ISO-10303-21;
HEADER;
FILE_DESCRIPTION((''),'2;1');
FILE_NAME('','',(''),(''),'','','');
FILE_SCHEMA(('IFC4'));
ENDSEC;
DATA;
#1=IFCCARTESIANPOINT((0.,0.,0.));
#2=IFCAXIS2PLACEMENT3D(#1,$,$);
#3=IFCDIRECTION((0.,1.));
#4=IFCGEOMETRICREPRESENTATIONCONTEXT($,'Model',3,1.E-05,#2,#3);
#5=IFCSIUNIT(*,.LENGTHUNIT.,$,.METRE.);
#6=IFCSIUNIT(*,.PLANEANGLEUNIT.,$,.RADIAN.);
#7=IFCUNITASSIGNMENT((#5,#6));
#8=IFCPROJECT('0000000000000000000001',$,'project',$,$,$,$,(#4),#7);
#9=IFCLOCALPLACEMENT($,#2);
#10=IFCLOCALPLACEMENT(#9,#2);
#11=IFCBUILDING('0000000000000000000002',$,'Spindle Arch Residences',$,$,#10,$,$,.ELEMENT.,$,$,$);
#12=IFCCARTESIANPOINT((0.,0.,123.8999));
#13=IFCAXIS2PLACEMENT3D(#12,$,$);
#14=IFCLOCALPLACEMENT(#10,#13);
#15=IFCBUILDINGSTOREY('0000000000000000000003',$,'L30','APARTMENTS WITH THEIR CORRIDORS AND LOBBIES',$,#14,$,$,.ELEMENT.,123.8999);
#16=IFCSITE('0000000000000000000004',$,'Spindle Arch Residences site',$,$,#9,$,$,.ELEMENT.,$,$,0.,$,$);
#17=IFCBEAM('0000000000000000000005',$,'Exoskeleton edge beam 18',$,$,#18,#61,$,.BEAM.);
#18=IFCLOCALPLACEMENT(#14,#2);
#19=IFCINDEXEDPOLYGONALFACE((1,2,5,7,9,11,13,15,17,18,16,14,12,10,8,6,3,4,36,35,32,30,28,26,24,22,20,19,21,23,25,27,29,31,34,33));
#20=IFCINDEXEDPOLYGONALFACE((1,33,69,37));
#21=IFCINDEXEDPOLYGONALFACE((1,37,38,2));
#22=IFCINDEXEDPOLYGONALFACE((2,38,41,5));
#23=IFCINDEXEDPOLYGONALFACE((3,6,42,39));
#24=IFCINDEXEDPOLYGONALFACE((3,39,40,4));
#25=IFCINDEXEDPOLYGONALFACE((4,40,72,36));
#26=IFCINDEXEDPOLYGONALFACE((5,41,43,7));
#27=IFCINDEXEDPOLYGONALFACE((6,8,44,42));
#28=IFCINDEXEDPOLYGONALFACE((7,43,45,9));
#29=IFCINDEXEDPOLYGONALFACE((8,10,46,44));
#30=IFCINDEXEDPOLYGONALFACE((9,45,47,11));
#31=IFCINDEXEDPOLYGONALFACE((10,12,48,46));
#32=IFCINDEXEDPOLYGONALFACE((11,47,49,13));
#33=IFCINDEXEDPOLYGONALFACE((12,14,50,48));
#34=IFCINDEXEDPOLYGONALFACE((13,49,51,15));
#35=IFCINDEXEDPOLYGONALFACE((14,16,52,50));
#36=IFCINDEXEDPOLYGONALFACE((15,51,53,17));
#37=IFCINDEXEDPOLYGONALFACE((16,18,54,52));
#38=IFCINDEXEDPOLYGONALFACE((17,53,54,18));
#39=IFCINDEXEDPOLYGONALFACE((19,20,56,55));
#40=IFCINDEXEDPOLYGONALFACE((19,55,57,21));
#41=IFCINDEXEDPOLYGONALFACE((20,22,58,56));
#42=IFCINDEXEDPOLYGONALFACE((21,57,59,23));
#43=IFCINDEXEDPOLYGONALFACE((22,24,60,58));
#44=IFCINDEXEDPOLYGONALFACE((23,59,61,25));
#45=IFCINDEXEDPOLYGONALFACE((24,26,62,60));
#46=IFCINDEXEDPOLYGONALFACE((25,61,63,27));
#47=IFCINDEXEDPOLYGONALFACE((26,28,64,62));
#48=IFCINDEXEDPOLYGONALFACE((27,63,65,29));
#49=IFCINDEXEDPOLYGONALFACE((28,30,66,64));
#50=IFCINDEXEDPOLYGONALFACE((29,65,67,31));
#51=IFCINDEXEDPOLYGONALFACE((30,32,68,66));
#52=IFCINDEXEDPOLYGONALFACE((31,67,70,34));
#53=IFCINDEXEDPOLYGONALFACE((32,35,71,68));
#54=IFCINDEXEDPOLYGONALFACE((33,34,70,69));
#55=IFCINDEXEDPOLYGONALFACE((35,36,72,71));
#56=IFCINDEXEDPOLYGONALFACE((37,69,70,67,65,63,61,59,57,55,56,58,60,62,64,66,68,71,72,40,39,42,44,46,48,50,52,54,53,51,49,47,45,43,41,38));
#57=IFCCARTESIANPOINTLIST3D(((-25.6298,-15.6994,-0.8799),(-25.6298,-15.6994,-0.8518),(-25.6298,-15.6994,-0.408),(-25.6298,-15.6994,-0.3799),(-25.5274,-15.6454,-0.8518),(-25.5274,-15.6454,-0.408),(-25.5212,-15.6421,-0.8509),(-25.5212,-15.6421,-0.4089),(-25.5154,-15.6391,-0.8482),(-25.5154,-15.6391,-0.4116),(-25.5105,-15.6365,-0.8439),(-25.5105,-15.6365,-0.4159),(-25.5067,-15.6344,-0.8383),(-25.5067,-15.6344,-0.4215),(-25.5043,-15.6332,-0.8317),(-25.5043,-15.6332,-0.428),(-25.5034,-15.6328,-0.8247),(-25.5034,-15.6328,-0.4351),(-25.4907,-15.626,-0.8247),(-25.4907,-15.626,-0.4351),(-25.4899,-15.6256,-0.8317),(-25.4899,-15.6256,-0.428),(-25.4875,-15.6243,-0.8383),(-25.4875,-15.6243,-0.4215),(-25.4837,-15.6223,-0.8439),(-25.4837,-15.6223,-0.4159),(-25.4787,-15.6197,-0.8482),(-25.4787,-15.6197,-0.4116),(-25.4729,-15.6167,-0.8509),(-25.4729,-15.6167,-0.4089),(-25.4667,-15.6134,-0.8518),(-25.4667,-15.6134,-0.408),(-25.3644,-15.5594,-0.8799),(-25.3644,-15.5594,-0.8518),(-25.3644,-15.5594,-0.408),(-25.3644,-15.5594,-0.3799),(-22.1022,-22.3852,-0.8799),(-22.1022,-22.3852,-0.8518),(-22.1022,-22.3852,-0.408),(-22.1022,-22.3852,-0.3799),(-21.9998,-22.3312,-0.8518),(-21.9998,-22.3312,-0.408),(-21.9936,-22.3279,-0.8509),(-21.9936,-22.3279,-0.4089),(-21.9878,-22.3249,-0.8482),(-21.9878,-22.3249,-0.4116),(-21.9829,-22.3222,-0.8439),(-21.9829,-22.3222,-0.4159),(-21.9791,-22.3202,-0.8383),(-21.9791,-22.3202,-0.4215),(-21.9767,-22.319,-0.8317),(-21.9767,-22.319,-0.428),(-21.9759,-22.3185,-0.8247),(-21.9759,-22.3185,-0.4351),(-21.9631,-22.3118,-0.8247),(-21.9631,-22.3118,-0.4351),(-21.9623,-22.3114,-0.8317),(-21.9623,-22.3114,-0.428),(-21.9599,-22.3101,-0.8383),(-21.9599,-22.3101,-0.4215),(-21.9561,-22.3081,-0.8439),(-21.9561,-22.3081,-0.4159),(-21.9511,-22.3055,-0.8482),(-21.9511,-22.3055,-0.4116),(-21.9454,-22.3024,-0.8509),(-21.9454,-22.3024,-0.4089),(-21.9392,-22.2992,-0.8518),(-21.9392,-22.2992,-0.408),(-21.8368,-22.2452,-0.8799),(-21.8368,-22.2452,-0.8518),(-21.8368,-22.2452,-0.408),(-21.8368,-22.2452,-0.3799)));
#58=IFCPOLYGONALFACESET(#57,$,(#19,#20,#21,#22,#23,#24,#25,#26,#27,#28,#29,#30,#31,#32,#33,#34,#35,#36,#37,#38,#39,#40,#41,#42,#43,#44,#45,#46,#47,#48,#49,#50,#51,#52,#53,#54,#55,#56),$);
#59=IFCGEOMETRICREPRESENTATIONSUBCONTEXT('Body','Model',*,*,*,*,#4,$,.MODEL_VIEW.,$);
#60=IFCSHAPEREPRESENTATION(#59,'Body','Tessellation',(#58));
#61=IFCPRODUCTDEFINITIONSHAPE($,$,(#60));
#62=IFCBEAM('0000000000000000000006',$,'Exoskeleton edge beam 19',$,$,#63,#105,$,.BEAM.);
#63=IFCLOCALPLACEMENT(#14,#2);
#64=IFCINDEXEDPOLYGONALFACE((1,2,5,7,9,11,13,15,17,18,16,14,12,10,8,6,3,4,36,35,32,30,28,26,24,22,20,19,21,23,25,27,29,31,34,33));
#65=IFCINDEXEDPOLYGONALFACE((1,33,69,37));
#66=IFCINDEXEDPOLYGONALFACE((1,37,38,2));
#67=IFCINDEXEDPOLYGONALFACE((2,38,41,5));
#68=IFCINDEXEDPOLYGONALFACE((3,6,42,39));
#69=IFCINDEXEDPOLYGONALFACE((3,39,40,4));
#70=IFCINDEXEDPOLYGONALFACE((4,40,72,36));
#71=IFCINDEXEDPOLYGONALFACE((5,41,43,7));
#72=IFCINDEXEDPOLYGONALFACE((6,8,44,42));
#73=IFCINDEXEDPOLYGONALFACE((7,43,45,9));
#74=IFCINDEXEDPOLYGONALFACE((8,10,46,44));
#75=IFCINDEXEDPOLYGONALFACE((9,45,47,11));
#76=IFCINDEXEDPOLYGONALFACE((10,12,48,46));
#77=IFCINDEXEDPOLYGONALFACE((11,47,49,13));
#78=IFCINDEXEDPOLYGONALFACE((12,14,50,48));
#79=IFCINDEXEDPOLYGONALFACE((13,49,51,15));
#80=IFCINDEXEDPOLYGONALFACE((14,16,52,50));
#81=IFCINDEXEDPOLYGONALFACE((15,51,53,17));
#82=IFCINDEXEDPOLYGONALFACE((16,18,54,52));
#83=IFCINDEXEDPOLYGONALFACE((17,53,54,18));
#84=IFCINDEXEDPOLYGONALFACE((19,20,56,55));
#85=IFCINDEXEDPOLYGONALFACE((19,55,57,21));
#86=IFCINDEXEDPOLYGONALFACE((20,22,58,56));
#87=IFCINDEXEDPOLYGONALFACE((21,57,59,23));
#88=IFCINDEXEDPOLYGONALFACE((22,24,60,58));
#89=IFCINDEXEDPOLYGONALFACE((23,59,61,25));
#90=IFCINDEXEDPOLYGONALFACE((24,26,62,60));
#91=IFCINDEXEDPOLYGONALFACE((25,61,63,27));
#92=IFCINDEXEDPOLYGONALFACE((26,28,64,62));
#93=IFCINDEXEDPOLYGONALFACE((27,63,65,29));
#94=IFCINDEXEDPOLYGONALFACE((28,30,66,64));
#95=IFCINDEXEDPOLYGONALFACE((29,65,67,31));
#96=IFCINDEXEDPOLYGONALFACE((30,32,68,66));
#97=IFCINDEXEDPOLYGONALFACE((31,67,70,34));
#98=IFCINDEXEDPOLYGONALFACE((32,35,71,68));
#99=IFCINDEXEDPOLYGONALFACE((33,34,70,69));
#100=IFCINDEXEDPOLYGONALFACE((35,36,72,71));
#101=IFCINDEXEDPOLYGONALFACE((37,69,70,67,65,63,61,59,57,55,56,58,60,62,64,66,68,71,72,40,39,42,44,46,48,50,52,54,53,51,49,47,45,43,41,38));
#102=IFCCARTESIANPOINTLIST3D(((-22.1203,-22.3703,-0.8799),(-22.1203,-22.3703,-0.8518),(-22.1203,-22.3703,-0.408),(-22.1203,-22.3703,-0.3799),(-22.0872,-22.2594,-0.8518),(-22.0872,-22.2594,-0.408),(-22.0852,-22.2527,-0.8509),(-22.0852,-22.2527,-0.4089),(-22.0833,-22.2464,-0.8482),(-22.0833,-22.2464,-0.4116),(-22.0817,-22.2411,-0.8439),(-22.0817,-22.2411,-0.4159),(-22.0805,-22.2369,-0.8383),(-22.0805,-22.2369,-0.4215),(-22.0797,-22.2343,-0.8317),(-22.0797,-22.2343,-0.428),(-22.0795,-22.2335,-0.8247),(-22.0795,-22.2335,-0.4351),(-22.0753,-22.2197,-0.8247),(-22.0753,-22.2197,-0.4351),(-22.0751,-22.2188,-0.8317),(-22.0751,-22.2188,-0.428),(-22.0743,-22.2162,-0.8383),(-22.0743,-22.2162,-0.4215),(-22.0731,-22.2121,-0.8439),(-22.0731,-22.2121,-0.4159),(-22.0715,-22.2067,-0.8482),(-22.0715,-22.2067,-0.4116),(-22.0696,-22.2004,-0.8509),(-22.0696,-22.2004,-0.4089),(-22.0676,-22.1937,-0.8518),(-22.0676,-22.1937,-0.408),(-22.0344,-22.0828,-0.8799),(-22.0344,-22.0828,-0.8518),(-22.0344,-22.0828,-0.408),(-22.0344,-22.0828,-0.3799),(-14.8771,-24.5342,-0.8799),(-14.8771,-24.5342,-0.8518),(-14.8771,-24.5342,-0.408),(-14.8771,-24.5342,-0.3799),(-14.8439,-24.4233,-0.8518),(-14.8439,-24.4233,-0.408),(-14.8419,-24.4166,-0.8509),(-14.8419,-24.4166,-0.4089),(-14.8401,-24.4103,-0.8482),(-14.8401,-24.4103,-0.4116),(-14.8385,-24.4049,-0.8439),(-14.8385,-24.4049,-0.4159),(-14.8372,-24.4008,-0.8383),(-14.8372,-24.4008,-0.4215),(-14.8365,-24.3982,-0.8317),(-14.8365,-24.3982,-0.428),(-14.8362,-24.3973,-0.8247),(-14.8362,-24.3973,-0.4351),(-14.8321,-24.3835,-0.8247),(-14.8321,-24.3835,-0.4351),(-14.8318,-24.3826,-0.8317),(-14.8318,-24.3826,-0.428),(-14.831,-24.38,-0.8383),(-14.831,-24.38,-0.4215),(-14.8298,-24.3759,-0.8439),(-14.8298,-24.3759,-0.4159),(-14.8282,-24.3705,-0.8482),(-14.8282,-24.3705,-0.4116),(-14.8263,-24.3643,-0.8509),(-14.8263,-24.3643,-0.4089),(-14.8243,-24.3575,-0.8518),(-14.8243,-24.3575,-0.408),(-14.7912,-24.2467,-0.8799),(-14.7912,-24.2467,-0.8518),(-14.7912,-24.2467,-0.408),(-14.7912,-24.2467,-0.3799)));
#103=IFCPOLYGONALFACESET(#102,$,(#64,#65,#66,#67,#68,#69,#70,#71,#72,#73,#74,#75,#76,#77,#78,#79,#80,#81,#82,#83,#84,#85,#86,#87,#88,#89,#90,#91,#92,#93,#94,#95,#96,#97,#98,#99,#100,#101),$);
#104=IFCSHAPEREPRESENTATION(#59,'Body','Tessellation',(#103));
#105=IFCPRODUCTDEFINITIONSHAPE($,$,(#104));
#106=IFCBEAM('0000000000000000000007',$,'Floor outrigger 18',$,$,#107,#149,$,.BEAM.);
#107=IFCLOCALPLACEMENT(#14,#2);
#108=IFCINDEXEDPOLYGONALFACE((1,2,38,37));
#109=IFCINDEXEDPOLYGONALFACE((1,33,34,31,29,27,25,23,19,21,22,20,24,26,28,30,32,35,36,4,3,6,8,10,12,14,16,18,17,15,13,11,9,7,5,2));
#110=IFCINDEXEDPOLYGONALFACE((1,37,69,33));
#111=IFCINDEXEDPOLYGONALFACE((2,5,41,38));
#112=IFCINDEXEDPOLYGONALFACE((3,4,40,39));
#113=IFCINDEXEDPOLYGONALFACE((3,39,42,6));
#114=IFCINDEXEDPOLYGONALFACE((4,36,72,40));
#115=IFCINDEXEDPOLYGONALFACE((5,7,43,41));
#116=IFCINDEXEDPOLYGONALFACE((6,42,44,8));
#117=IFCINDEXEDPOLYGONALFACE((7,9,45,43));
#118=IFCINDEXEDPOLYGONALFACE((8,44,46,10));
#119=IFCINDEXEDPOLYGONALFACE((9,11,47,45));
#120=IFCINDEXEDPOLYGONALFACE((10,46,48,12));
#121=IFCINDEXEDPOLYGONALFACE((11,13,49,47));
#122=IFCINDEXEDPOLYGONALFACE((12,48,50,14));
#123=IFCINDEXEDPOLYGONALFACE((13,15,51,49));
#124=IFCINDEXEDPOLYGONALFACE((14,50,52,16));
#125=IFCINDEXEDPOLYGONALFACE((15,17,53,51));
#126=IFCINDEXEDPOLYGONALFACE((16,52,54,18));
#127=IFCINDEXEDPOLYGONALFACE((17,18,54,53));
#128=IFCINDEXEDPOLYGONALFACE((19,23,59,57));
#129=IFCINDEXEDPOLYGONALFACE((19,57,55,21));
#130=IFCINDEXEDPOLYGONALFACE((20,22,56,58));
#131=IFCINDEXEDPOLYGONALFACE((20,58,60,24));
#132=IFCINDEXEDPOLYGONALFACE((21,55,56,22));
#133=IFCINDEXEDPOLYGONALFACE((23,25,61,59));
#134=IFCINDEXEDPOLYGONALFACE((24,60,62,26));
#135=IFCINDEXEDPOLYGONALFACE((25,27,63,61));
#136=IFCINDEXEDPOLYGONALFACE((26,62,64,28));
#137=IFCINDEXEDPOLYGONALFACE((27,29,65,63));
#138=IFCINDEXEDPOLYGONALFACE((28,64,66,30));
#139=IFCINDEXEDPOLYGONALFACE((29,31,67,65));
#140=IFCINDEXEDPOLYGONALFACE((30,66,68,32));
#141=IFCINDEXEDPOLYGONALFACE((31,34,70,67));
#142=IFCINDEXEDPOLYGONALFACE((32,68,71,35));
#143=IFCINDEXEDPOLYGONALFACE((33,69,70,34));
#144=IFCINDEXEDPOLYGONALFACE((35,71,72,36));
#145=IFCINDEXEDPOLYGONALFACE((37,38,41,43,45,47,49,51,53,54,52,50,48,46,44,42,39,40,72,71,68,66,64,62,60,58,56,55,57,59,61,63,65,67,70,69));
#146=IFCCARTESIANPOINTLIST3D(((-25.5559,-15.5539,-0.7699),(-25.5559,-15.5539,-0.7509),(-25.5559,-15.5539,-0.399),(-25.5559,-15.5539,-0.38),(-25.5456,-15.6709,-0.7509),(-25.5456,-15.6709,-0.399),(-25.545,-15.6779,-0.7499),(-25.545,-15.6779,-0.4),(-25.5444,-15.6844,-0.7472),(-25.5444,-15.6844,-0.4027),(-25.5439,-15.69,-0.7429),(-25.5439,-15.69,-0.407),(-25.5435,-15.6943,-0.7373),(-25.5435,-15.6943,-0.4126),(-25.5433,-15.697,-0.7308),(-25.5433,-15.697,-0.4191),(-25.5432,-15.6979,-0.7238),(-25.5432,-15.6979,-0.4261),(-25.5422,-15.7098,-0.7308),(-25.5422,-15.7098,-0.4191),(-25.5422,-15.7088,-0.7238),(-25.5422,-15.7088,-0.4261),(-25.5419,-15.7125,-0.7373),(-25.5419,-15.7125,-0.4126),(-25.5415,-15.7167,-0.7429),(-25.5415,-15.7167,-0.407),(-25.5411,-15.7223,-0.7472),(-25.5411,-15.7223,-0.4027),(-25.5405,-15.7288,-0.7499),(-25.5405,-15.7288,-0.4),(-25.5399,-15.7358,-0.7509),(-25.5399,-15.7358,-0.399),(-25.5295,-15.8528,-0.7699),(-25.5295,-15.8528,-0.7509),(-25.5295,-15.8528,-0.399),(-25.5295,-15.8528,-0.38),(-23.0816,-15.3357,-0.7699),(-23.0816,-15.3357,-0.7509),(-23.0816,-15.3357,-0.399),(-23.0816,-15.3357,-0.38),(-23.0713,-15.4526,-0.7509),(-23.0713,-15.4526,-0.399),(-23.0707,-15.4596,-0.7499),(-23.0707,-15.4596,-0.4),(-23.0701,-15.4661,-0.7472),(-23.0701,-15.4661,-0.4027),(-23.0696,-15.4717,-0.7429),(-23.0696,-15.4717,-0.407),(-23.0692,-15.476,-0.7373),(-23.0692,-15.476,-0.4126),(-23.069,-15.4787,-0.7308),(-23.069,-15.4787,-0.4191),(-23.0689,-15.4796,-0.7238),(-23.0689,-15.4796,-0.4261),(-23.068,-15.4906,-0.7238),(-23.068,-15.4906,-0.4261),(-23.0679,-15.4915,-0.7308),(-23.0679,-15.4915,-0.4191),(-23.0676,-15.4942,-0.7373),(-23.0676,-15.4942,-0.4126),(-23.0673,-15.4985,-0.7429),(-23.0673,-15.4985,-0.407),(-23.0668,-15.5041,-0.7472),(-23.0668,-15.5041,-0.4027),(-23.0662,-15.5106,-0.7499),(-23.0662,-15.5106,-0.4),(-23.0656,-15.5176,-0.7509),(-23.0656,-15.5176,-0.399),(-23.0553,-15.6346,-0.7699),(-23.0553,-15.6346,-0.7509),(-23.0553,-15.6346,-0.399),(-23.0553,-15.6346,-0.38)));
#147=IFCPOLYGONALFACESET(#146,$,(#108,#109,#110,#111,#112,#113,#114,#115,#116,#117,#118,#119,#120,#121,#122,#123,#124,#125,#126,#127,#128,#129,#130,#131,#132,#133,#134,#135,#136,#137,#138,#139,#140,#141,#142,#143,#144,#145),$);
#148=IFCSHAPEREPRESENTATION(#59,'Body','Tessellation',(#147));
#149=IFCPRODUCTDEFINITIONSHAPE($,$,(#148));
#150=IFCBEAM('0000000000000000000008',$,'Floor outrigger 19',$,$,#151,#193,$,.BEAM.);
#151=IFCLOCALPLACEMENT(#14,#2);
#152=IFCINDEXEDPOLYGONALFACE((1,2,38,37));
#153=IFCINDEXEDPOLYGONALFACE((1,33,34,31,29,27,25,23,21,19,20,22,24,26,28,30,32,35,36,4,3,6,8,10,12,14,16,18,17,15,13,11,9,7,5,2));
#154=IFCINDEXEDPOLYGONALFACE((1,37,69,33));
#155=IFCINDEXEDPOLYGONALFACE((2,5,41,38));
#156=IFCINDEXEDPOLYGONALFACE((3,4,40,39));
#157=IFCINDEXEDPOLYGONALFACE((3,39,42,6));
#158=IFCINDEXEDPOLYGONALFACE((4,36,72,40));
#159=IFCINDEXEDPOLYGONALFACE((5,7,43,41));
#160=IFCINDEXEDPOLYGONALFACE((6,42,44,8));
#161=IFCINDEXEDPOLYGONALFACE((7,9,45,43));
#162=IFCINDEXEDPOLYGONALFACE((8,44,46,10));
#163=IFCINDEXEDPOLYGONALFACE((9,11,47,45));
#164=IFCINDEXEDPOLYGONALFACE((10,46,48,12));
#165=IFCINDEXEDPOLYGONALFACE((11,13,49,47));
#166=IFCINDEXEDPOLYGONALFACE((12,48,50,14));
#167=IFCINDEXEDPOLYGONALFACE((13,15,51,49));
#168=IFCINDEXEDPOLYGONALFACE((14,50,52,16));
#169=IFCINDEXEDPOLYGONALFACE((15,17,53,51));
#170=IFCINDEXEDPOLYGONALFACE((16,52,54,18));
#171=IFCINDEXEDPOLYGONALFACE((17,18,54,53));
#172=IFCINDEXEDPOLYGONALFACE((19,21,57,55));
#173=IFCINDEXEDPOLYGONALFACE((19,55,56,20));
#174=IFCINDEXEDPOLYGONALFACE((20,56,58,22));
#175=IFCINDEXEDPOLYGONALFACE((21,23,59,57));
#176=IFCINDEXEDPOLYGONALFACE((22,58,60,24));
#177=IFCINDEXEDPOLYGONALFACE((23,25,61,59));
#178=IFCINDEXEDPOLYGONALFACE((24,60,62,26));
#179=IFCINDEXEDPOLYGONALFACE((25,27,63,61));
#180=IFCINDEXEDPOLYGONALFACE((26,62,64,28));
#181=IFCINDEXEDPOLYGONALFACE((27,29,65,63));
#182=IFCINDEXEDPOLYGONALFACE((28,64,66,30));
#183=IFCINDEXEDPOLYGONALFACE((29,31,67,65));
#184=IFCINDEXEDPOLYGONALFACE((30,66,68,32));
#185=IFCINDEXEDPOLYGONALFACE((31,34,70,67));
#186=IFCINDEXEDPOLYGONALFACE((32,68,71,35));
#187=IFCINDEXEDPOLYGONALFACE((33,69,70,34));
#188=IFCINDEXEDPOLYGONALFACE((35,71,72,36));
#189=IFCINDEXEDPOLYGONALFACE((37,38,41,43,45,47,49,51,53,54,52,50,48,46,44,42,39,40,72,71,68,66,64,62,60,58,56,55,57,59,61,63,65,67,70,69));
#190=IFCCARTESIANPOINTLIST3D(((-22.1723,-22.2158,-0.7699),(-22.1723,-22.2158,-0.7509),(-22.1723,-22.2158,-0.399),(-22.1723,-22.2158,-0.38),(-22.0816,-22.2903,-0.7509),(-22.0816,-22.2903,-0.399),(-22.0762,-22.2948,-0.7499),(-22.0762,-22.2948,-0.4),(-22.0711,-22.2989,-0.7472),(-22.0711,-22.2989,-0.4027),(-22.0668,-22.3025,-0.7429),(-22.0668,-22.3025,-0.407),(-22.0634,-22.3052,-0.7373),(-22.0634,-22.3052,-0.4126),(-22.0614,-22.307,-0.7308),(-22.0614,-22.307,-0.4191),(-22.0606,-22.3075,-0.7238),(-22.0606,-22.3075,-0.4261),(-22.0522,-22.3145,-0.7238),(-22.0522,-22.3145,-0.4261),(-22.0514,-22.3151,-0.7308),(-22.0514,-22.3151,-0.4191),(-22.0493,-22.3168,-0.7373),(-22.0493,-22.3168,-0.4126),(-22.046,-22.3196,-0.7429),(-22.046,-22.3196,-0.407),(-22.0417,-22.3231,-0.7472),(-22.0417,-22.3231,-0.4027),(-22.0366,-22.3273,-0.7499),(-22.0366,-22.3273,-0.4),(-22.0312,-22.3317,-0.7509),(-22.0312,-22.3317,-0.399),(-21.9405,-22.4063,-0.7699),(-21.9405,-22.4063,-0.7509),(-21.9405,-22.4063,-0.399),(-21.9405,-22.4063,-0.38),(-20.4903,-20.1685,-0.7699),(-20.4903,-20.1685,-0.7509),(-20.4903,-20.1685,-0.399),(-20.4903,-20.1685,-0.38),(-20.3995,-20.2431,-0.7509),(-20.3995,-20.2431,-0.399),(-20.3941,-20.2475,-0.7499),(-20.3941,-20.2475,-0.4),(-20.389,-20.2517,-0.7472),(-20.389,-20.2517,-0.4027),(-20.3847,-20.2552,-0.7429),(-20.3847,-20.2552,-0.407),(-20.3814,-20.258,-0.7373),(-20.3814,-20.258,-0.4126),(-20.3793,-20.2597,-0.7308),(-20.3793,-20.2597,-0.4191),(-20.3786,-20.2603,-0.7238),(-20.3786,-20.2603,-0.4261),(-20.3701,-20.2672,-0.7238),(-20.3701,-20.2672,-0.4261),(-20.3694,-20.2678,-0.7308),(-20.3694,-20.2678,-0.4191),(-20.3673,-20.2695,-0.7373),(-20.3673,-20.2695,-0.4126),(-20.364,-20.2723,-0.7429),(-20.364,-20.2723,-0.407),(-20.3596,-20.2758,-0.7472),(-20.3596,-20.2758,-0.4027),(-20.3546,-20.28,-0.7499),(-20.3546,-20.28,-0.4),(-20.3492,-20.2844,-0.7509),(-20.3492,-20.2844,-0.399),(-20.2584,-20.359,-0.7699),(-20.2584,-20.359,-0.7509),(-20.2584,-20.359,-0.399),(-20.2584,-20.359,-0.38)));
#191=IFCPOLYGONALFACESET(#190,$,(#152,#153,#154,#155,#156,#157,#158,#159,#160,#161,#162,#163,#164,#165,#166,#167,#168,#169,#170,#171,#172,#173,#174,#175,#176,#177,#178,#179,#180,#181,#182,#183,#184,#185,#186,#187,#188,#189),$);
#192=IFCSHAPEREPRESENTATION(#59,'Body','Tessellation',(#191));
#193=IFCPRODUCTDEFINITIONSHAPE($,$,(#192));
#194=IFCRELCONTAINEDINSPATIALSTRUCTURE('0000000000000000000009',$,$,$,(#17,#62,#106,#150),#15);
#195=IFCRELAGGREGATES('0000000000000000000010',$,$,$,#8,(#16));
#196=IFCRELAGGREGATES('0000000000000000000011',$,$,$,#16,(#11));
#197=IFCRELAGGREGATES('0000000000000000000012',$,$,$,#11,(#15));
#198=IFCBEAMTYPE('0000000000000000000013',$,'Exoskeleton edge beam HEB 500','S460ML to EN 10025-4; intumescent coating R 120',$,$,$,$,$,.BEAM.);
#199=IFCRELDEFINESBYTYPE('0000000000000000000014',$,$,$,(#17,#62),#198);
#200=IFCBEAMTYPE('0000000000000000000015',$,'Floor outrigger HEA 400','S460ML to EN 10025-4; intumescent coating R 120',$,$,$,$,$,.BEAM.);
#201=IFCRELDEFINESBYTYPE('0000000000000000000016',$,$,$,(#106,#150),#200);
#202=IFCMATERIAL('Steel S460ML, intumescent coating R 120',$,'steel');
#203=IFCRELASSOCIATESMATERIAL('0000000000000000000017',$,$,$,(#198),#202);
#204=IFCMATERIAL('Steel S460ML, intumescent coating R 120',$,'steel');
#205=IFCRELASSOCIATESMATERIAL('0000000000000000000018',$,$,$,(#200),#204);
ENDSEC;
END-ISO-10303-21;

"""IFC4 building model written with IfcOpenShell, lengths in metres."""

from ifc_helpers import new_model, si_unit, direction, frame, origin, origin_2d, place, context, subcontext, project, spatial, i_section, extrude, material, material_profile, profile_set, type_object, element, save


model = new_model("IFC4")

# Units and contexts
model_context = context("Model", 3, precision=1e-05, world=origin(), true_north=direction((0.0, 1.0)))
body_context = subcontext(model_context, "Body", "Model", "MODEL_VIEW")
ifc_project = project(units=[si_unit("LENGTHUNIT", "METRE"), si_unit("PLANEANGLEUNIT", "RADIAN")], contexts=[model_context])

# Site, building, storey
site_placement = place(None, origin())
site = spatial("IfcSite", under=ifc_project, at=site_placement, Name="Spindle Arch Residences site", CompositionType="ELEMENT", RefElevation=0.0)
building_placement = place(site_placement, origin())
building = spatial("IfcBuilding", under=site, at=building_placement, Name="Spindle Arch Residences", CompositionType="ELEMENT")
storey_placement = place(building_placement, frame((0.0, 0.0, 123.8999)))
storey = spatial("IfcBuildingStorey", under=building, at=storey_placement, Name="L30", Description="APARTMENTS WITH THEIR CORRIDORS AND LOBBIES", CompositionType="ELEMENT", Elevation=123.8999)

# Beams
ifc_material_1 = material(Name="Steel S460ML, intumescent coating R 120", Category="steel")
ifc_material_profile_1 = material_profile(ifc_material_1, i_section(OverallWidth=0.3, OverallDepth=0.5, WebThickness=0.0144, FlangeThickness=0.0281, FilletRadius=0.0271, at=origin_2d()), Name="HEB 500")
ifc_profile_set_1 = profile_set([ifc_material_profile_1], Name="Steel S460ML, intumescent coating R 120")
beam_type_1 = type_object("IfcBeamType", Name="Exoskeleton edge beam HEB 500", Description="S460ML to EN 10025-4; intumescent coating R 120", PredefinedType="BEAM", material=ifc_profile_set_1)
beam_1_placement = place(storey_placement, frame((-25.4971, -15.6294, -0.6299), z_axis=(0.466653, -0.884441, 0.0), x_axis=(0.884441, 0.466653, 0.0)))
element("IfcBeam", 1, at=beam_1_placement, inside=storey, type_object=beam_type_1, Name="Exoskeleton edge beam 18", PredefinedType="BEAM", context=body_context, shape_type="SweptSolid", body=[
    extrude(i_section(OverallWidth=0.3, OverallDepth=0.5, WebThickness=0.0144, FlangeThickness=0.0281, FilletRadius=0.0271, at=origin_2d()), origin(), (0.0, 0.0, 1.0), 7.5593),
])
beam_2_placement = place(storey_placement, frame((-22.0774, -22.2266, -0.6299), z_axis=(0.958158, -0.28624, 0.0), x_axis=(0.28624, 0.958158, 0.0)))
element("IfcBeam", 2, at=beam_2_placement, inside=storey, type_object=beam_type_1, Name="Exoskeleton edge beam 19", PredefinedType="BEAM", context=body_context, shape_type="SweptSolid", body=[
    extrude(i_section(OverallWidth=0.3, OverallDepth=0.5, WebThickness=0.0144, FlangeThickness=0.0281, FilletRadius=0.0271, at=origin_2d()), origin(), (0.0, 0.0, 1.0), 7.5596),
])
ifc_material_2 = material(Name="Steel S460ML, intumescent coating R 120", Category="steel")
ifc_material_profile_2 = material_profile(ifc_material_2, i_section(OverallWidth=0.3, OverallDepth=0.3899, WebThickness=0.011, FlangeThickness=0.019, FilletRadius=0.0271, at=origin_2d()), Name="HEA 400")
ifc_profile_set_2 = profile_set([ifc_material_profile_2], Name="Steel S460ML, intumescent coating R 120")
beam_type_2 = type_object("IfcBeamType", Name="Floor outrigger HEA 400", Description="S460ML to EN 10025-4; intumescent coating R 120", PredefinedType="BEAM", material=ifc_profile_set_2)
beam_3_placement = place(storey_placement, frame((-25.5427, -15.7034, -0.575), z_axis=(0.996132, 0.087868, 0.0), x_axis=(-0.087868, 0.996132, 0.0)))
element("IfcBeam", 3, at=beam_3_placement, inside=storey, type_object=beam_type_2, Name="Floor outrigger 18", PredefinedType="BEAM", context=body_context, shape_type="SweptSolid", body=[
    extrude(i_section(OverallWidth=0.3, OverallDepth=0.3899, WebThickness=0.011, FlangeThickness=0.019, FilletRadius=0.0271, at=origin_2d()), origin(), (0.0, 0.0, 1.0), 2.4839),
])
beam_4_placement = place(storey_placement, frame((-22.0564, -22.311, -0.575), z_axis=(0.634822, 0.772658, 0.0), x_axis=(-0.772658, 0.634822, 0.0)))
element("IfcBeam", 4, at=beam_4_placement, inside=storey, type_object=beam_type_2, Name="Floor outrigger 19", PredefinedType="BEAM", context=body_context, shape_type="SweptSolid", body=[
    extrude(i_section(OverallWidth=0.3, OverallDepth=0.3899, WebThickness=0.011, FlangeThickness=0.019, FilletRadius=0.0271, at=origin_2d()), origin(), (0.0, 0.0, 1.0), 2.6497),
])

save(model, "model.ifc")
